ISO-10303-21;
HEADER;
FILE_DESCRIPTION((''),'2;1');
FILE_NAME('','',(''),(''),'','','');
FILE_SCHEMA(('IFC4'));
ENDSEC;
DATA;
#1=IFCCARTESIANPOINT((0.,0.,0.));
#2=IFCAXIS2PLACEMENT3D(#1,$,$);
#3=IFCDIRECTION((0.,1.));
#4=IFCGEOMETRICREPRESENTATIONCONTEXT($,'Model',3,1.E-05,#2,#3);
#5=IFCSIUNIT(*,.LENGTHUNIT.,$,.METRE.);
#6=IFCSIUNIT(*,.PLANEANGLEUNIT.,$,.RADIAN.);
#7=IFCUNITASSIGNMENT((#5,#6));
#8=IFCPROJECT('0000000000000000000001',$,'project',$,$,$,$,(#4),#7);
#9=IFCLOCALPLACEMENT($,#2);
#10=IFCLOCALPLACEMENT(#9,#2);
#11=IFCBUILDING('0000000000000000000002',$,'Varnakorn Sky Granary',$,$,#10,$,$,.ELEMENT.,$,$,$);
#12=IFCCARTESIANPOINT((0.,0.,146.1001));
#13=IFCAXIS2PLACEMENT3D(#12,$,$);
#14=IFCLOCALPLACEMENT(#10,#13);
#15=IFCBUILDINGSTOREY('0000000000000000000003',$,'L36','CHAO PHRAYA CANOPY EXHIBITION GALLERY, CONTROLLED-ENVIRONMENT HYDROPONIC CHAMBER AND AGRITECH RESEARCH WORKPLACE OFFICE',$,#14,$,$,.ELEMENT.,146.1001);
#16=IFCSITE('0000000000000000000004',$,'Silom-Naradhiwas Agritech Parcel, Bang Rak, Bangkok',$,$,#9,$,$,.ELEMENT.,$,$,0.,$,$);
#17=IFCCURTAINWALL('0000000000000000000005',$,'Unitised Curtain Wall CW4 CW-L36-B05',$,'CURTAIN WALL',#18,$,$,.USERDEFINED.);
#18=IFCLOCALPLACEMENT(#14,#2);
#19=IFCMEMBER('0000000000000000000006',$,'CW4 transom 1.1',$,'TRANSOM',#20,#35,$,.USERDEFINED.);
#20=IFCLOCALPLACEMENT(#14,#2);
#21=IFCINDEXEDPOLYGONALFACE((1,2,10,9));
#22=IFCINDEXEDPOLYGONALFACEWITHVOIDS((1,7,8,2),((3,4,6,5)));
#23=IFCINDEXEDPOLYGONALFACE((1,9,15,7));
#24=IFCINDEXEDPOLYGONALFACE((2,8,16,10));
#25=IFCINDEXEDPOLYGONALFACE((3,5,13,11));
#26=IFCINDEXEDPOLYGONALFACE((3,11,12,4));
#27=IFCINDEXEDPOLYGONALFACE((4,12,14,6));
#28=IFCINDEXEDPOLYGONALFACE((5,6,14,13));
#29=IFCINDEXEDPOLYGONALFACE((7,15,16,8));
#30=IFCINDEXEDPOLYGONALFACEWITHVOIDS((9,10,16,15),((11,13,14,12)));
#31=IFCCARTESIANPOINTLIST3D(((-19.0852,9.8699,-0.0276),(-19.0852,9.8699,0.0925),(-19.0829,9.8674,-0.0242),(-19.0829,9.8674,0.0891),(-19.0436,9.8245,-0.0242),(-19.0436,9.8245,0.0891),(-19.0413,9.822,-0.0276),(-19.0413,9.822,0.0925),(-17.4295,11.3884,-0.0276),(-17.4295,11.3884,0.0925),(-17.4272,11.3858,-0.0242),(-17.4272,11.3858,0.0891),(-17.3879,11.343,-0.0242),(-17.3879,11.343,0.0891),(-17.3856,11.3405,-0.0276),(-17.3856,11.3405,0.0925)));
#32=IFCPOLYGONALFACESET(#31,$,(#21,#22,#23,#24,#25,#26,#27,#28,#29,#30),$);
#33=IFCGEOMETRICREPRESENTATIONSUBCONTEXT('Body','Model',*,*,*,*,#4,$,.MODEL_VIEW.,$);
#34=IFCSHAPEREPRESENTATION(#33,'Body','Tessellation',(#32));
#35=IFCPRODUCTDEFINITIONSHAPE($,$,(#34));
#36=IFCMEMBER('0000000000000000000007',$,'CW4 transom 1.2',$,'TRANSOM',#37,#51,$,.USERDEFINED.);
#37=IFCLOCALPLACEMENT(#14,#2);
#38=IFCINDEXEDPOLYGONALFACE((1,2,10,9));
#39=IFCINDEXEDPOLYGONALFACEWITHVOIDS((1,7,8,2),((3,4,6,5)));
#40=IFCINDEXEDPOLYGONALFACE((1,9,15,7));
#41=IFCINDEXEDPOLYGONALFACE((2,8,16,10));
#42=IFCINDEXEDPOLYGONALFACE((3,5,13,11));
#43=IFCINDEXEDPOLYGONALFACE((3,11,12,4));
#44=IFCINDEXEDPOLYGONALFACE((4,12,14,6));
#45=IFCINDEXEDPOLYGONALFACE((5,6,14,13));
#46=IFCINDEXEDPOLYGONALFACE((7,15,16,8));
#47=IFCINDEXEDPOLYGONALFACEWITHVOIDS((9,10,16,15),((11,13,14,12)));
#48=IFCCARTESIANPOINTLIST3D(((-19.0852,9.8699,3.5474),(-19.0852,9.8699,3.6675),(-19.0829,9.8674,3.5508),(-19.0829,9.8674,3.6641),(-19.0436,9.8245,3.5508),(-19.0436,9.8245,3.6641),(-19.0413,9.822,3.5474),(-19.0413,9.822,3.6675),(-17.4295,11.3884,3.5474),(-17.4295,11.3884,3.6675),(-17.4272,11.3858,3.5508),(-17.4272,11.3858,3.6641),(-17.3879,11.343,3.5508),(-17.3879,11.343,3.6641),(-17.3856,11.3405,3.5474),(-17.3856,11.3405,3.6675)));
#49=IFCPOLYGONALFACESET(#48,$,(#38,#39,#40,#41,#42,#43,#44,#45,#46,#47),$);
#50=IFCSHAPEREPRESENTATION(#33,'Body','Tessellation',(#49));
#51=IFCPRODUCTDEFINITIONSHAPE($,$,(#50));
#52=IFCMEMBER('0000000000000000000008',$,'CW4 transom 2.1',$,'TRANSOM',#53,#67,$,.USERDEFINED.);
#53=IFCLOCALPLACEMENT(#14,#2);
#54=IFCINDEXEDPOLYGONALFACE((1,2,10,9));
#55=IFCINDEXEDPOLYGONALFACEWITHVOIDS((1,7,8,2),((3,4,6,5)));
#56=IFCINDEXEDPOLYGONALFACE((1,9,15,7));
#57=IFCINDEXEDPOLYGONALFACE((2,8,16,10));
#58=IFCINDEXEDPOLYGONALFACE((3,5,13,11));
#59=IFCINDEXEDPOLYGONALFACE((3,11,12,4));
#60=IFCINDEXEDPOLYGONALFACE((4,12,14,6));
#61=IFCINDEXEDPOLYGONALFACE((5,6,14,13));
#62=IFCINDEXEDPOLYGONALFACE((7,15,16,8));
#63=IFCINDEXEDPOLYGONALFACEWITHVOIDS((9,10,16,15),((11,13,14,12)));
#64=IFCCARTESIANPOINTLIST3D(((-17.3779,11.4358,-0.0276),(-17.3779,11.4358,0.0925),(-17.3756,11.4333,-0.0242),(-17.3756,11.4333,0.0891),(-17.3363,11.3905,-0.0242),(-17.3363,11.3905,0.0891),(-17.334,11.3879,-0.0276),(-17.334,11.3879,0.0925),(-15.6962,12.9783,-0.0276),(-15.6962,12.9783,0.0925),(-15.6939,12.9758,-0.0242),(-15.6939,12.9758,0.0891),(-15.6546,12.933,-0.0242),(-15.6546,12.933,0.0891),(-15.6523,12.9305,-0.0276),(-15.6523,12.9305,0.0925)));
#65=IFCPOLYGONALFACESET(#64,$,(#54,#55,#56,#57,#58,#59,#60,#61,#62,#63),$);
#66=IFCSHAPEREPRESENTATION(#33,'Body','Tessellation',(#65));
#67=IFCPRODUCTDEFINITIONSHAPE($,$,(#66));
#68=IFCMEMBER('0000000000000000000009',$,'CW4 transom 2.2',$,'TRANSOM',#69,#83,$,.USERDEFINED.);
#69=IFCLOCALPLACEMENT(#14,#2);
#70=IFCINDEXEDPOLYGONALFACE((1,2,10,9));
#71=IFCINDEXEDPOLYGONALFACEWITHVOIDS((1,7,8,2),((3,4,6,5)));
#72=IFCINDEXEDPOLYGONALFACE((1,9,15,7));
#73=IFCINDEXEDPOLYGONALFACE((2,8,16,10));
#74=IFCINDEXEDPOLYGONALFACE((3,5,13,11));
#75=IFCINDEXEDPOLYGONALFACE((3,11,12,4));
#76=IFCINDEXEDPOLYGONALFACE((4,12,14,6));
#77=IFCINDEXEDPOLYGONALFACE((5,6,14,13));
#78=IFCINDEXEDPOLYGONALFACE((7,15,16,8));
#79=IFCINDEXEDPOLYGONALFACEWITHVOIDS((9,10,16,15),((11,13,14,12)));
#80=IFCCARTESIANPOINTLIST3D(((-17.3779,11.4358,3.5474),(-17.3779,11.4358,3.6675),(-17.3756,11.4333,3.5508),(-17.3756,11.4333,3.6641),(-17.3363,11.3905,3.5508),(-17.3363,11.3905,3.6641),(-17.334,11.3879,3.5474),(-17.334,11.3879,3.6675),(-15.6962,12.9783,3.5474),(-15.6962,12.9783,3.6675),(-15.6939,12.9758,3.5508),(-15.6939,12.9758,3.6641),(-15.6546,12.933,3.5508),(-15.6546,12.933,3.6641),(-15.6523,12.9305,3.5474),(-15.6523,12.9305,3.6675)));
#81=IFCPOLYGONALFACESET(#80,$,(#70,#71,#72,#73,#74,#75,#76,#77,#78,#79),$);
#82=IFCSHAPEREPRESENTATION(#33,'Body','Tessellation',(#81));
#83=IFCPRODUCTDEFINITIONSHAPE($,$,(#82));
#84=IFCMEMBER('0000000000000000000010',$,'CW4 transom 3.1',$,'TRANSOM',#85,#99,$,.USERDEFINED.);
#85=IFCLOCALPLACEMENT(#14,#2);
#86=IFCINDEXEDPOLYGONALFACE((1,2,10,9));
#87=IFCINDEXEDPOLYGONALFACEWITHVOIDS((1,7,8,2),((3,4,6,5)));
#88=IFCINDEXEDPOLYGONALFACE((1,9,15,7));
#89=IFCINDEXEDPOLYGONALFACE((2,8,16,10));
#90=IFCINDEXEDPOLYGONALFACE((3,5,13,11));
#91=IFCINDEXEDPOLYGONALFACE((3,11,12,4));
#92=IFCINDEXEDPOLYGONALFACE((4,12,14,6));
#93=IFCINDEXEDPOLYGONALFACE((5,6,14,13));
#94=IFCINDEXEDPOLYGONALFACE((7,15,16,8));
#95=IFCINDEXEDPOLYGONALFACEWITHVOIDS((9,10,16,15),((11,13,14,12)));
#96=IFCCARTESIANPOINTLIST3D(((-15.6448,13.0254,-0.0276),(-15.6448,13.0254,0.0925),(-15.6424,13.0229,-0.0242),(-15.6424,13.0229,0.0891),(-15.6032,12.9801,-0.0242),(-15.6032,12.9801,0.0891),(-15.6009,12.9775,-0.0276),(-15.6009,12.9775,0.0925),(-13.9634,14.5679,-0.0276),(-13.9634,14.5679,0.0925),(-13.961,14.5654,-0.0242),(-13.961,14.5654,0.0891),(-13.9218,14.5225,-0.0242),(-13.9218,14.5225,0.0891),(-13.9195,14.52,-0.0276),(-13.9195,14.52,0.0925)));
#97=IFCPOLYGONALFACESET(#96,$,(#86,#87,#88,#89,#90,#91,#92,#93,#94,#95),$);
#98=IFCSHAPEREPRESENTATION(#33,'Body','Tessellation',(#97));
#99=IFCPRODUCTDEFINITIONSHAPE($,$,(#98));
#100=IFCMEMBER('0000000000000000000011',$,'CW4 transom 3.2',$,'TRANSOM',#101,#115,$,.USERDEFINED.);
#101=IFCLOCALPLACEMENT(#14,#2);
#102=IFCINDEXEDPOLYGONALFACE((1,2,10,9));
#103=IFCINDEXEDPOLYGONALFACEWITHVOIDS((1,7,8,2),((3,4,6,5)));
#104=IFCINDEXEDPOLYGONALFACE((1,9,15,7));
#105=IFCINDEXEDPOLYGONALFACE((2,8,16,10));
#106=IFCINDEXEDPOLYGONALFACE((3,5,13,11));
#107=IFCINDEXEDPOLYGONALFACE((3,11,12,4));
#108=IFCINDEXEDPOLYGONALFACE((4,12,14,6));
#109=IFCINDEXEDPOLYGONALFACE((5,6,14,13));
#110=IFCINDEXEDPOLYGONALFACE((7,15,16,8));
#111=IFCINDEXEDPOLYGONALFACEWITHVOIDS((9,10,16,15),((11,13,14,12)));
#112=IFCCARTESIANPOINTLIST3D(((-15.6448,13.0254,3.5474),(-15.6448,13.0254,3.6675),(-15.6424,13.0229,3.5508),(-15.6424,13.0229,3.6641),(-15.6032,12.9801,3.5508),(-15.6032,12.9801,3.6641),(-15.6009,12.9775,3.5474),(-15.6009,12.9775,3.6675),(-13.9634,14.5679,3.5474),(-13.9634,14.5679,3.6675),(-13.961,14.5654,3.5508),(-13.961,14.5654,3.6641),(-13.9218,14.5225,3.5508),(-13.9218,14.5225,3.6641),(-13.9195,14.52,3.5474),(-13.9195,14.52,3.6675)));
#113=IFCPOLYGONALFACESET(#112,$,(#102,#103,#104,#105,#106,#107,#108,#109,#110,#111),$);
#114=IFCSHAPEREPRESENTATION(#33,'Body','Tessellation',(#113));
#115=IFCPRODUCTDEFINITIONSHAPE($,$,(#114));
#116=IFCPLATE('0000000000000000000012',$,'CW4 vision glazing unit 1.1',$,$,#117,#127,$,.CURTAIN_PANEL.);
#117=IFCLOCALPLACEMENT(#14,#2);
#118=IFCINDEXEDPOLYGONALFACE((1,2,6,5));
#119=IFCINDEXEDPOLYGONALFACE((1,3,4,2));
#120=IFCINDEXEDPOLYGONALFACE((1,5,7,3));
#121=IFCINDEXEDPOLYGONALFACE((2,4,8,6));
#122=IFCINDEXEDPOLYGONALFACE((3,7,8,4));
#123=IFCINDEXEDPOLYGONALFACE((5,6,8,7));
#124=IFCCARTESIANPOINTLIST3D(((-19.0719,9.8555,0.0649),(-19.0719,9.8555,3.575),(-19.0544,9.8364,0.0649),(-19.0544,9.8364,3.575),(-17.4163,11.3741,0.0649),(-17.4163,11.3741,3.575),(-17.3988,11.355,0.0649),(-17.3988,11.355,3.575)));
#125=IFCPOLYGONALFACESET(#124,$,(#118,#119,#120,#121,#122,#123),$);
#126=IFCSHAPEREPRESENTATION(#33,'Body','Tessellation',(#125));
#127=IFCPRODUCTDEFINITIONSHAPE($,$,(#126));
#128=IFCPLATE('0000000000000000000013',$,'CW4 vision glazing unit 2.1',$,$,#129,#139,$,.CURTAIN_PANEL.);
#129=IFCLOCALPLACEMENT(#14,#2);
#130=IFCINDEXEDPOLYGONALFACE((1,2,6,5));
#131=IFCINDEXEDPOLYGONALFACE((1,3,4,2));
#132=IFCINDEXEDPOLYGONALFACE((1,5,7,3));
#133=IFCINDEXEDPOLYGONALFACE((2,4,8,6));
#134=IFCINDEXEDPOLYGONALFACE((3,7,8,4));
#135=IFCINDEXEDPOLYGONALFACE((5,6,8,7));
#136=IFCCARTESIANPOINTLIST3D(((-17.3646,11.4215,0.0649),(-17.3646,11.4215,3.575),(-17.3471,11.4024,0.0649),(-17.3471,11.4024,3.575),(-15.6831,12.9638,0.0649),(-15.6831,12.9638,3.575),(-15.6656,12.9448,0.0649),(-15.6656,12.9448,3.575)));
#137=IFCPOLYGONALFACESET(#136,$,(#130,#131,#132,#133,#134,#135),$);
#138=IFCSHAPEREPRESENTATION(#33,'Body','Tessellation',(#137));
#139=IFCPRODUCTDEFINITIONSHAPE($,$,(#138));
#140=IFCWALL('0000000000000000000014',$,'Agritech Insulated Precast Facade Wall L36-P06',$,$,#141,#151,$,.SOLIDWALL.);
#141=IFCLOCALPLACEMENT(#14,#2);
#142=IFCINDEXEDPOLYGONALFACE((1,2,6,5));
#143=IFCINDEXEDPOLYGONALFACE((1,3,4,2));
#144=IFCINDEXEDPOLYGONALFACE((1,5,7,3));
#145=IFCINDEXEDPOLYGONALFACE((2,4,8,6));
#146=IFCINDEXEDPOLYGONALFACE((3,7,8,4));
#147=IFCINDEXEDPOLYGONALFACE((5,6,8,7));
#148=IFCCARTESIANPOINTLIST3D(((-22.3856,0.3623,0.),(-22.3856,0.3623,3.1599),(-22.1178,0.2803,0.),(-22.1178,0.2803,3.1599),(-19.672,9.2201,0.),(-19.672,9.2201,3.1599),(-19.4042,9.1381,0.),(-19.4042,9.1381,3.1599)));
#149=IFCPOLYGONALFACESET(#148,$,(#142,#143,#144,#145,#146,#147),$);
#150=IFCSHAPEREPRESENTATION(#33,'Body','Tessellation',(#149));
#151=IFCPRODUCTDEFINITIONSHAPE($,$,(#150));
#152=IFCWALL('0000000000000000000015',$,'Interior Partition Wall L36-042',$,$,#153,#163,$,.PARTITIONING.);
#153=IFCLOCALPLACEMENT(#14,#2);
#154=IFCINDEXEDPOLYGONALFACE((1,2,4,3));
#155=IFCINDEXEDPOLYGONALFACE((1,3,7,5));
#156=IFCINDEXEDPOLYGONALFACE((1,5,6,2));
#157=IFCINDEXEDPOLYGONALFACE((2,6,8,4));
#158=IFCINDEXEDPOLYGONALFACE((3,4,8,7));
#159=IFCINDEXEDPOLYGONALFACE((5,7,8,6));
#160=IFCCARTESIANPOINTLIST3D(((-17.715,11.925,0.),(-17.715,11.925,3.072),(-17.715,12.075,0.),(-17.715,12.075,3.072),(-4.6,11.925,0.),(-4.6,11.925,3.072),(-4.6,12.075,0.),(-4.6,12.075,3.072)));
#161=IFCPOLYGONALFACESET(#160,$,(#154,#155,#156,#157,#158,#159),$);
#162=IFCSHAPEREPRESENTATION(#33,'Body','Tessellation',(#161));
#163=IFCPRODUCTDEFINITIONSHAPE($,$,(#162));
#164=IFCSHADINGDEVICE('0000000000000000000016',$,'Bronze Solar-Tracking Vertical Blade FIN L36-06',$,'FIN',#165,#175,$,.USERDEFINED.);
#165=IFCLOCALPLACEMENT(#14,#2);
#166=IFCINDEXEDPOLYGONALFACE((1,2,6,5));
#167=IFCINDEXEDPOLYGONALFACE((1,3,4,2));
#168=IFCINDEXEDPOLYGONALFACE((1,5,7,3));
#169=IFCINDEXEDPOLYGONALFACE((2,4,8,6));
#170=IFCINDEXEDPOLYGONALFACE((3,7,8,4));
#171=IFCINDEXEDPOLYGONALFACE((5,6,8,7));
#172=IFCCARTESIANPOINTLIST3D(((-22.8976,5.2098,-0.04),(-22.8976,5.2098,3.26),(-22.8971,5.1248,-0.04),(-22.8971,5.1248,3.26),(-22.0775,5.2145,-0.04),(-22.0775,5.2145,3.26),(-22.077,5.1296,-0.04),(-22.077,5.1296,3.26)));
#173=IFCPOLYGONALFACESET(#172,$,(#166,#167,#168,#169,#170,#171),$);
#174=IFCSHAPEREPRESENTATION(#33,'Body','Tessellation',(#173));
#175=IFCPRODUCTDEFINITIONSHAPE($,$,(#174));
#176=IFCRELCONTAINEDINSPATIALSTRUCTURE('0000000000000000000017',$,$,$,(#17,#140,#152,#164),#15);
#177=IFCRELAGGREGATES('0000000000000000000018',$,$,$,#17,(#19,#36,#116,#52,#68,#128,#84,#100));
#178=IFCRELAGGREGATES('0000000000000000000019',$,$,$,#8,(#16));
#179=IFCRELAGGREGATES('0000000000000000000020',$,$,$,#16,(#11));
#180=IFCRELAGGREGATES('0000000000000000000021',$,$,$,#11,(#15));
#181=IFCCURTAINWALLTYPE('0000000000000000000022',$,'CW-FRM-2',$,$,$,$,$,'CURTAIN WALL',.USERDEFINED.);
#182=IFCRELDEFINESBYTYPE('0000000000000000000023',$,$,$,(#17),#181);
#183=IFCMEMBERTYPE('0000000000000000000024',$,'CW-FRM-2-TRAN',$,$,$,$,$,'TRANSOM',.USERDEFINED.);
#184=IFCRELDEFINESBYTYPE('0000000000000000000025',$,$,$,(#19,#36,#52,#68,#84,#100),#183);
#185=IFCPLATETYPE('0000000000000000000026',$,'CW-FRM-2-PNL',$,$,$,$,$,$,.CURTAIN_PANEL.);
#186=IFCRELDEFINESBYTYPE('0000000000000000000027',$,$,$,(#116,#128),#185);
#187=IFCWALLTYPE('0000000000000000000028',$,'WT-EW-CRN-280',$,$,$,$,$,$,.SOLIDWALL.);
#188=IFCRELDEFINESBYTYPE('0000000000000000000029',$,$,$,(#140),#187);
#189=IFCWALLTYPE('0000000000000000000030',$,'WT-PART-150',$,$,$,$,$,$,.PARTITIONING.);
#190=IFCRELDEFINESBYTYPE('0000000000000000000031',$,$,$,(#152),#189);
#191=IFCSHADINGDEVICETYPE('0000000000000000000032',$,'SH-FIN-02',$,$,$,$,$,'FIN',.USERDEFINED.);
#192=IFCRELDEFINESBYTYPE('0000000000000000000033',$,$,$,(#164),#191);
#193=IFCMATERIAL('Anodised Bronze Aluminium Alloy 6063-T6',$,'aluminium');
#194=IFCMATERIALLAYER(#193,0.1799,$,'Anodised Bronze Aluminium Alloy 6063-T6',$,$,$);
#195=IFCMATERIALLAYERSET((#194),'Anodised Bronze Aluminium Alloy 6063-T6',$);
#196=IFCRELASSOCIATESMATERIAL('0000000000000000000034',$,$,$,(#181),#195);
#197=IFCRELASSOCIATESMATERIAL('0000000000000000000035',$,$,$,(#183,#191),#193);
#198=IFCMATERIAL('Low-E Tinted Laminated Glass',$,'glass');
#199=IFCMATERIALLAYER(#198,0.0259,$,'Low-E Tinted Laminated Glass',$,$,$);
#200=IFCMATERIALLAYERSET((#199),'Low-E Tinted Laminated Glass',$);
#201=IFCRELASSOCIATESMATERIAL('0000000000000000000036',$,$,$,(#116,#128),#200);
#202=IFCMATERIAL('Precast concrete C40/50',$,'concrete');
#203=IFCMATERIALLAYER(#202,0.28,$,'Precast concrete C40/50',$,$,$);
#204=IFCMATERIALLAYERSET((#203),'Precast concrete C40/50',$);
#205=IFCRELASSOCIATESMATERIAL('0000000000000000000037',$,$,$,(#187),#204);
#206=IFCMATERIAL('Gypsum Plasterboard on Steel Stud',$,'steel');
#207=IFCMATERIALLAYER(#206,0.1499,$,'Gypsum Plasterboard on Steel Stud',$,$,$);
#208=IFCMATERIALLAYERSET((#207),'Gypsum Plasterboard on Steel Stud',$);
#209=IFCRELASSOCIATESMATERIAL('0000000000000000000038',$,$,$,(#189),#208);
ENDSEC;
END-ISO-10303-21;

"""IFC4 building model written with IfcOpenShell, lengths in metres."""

from ifc_helpers import new_model, si_unit, direction, frame, frame_2d, origin, origin_2d, place, context, subcontext, project, spatial, rectangle, hollow_rectangle, extrude, source, transform, mapped, material, layer, layer_set, material_profile, profile_set, type_object, type_shapes, element, aggregate, save


model = new_model("IFC4")

# Units and contexts
model_context = context("Model", 3, precision=1e-05, world=origin(), true_north=direction((0.0, 1.0)))
body_context = subcontext(model_context, "Body", "Model", "MODEL_VIEW")
ifc_project = project(units=[si_unit("LENGTHUNIT", "METRE"), si_unit("PLANEANGLEUNIT", "RADIAN")], contexts=[model_context])

# Site, building, storey
site_placement = place(None, origin())
site = spatial("IfcSite", under=ifc_project, at=site_placement, Name="Silom-Naradhiwas Agritech Parcel, Bang Rak, Bangkok", CompositionType="ELEMENT", RefElevation=0.0)
building_placement = place(site_placement, origin())
building = spatial("IfcBuilding", under=site, at=building_placement, Name="Varnakorn Sky Granary", CompositionType="ELEMENT")
storey_placement = place(building_placement, frame((0.0, 0.0, 146.1001)))
storey = spatial("IfcBuildingStorey", under=building, at=storey_placement, Name="L36", Description="CHAO PHRAYA CANOPY EXHIBITION GALLERY, CONTROLLED-ENVIRONMENT HYDROPONIC CHAMBER AND AGRITECH RESEARCH WORKPLACE OFFICE", CompositionType="ELEMENT", Elevation=146.1001)

# Curtain wall, members, plates
ifc_material_1 = material(Name="Anodised Bronze Aluminium Alloy 6063-T6", Category="aluminium")
ifc_layer_1 = layer(ifc_material_1, 0.1799, Name="Anodised Bronze Aluminium Alloy 6063-T6")
ifc_layer_set_1 = layer_set([ifc_layer_1], Name="Anodised Bronze Aluminium Alloy 6063-T6")
curtain_wall_type = type_object("IfcCurtainWallType", Name="CW-FRM-2", ElementType="CURTAIN WALL", PredefinedType="USERDEFINED", material=ifc_layer_set_1)
curtain_wall_placement = place(storey_placement, origin())
curtain_wall = element("IfcCurtainWall", 1, at=curtain_wall_placement, inside=storey, type_object=curtain_wall_type, Name="Unitised Curtain Wall CW4 CW-L36-B05", ObjectType="CURTAIN WALL", PredefinedType="USERDEFINED")
ifc_material_profile_1 = material_profile(ifc_material_1, hollow_rectangle(XDim=0.0649, YDim=0.1201, WallThickness=0.0034, at=origin_2d()), Name="ALU TRAN 65x120")
ifc_profile_set_1 = profile_set([ifc_material_profile_1], Name="Anodised Bronze Aluminium Alloy 6063-T6")
member_type_1 = type_object("IfcMemberType", Name="CW-FRM-2-TRAN", ElementType="TRANSOM", PredefinedType="USERDEFINED", material=ifc_profile_set_1)
member_1_placement = place(storey_placement, frame((-19.0632, 9.8459, 0.0325), z_axis=(0.736983, 0.675912, 0.0), x_axis=(-0.675912, 0.736983, 0.0)))
member_1 = element("IfcMember", 2, at=member_1_placement, type_object=member_type_1, Name="CW4 transom 1.1", ObjectType="TRANSOM", PredefinedType="USERDEFINED", context=body_context, shape_type="SweptSolid", body=[
    extrude(hollow_rectangle(XDim=0.0649, YDim=0.1201, WallThickness=0.0034, at=origin_2d()), origin(), (0.0, 0.0, 1.0), 2.2466),
])
member_2_placement = place(storey_placement, frame((-19.0632, 9.8459, 3.6074), z_axis=(0.736983, 0.675912, 0.0), x_axis=(-0.675912, 0.736983, 0.0)))
member_2 = element("IfcMember", 3, at=member_2_placement, type_object=member_type_1, Name="CW4 transom 1.2", ObjectType="TRANSOM", PredefinedType="USERDEFINED", context=body_context, shape_type="SweptSolid", body=[
    extrude(hollow_rectangle(XDim=0.0649, YDim=0.1201, WallThickness=0.0034, at=origin_2d()), origin(), (0.0, 0.0, 1.0), 2.2466),
])
member_3_placement = place(storey_placement, frame((-17.356, 11.4119, 0.0325), z_axis=(0.736941, 0.675957, 0.0), x_axis=(-0.675957, 0.736941, 0.0)))
member_3 = element("IfcMember", 4, at=member_3_placement, type_object=member_type_1, Name="CW4 transom 2.1", ObjectType="TRANSOM", PredefinedType="USERDEFINED", context=body_context, shape_type="SweptSolid", body=[
    extrude(hollow_rectangle(XDim=0.0649, YDim=0.1201, WallThickness=0.0034, at=origin_2d()), origin(), (0.0, 0.0, 1.0), 2.282),
])
member_4_placement = place(storey_placement, frame((-17.356, 11.4119, 3.6074), z_axis=(0.736941, 0.675957, 0.0), x_axis=(-0.675957, 0.736941, 0.0)))
member_4 = element("IfcMember", 5, at=member_4_placement, type_object=member_type_1, Name="CW4 transom 2.2", ObjectType="TRANSOM", PredefinedType="USERDEFINED", context=body_context, shape_type="SweptSolid", body=[
    extrude(hollow_rectangle(XDim=0.0649, YDim=0.1201, WallThickness=0.0034, at=origin_2d()), origin(), (0.0, 0.0, 1.0), 2.282),
])
member_5_placement = place(storey_placement, frame((-15.6228, 13.0015, 0.0325), z_axis=(0.736892, 0.67601, 0.0), x_axis=(-0.67601, 0.736892, 0.0)))
member_5 = element("IfcMember", 6, at=member_5_placement, type_object=member_type_1, Name="CW4 transom 3.1", ObjectType="TRANSOM", PredefinedType="USERDEFINED", context=body_context, shape_type="SweptSolid", body=[
    extrude(hollow_rectangle(XDim=0.0649, YDim=0.1201, WallThickness=0.0034, at=origin_2d()), origin(), (0.0, 0.0, 1.0), 2.2817),
])
member_6_placement = place(storey_placement, frame((-15.6228, 13.0015, 3.6074), z_axis=(0.736892, 0.67601, 0.0), x_axis=(-0.67601, 0.736892, 0.0)))
member_6 = element("IfcMember", 7, at=member_6_placement, type_object=member_type_1, Name="CW4 transom 3.2", ObjectType="TRANSOM", PredefinedType="USERDEFINED", context=body_context, shape_type="SweptSolid", body=[
    extrude(hollow_rectangle(XDim=0.0649, YDim=0.1201, WallThickness=0.0034, at=origin_2d()), origin(), (0.0, 0.0, 1.0), 2.2817),
])
ifc_material_2 = material(Name="Low-E Tinted Laminated Glass", Category="glass")
ifc_layer_2 = layer(ifc_material_2, 0.0259, Name="Low-E Tinted Laminated Glass")
ifc_layer_set_2 = layer_set([ifc_layer_2], Name="Low-E Tinted Laminated Glass")
plate_type = type_object("IfcPlateType", Name="CW-FRM-2-PNL", PredefinedType="CURTAIN_PANEL")
shared_shape_1 = source(origin(), body_context, "Body", "SweptSolid", [
    extrude(rectangle(XDim=2.2466, YDim=0.0259, at=origin_2d()), origin(), (0.0, 0.0, 1.0), 3.51),
])
plate_1_placement = place(storey_placement, frame((-18.2354, 10.6052, 0.0649), z_axis=(0.0, 0.0, 1.0), x_axis=(0.736938, 0.67596, 0.0)))
plate_1 = element("IfcPlate", 8, at=plate_1_placement, type_object=plate_type, material=ifc_layer_set_2, Name="CW4 vision glazing unit 1.1", PredefinedType="CURTAIN_PANEL", context=body_context, shape_type="MappedRepresentation", body=[
    mapped(shared_shape_1, transform((0.0, 0.0, 0.0), x_axis=(1.0, 0.0, 0.0), y_axis=(0.0, 1.0, 0.0), z_axis=(0.0, 0.0, 1.0), scale=1.0)),
])
shared_shape_2 = source(origin(), body_context, "Body", "SweptSolid", [
    extrude(rectangle(XDim=2.2817, YDim=0.0259, at=origin_2d()), origin(), (0.0, 0.0, 1.0), 3.51),
])
type_shapes(plate_type, [shared_shape_1, shared_shape_2])
plate_2_placement = place(storey_placement, frame((-16.5151, 12.1831, 0.0649), z_axis=(0.0, 0.0, 1.0), x_axis=(0.736938, 0.67596, 0.0)))
plate_2 = element("IfcPlate", 9, at=plate_2_placement, type_object=plate_type, material=ifc_layer_set_2, Name="CW4 vision glazing unit 2.1", PredefinedType="CURTAIN_PANEL", context=body_context, shape_type="MappedRepresentation", body=[
    mapped(shared_shape_2, transform((0.0, 0.0, 0.0), x_axis=(1.0, 0.0, 0.0), y_axis=(0.0, 1.0, 0.0), z_axis=(0.0, 0.0, 1.0), scale=1.0)),
])
aggregate(curtain_wall, [member_1, member_2, plate_1, member_3, member_4, plate_2, member_5, member_6])

# Walls
ifc_material_3 = material(Name="Precast concrete C40/50", Category="concrete")
ifc_layer_3 = layer(ifc_material_3, 0.28, Name="Precast concrete C40/50")
ifc_layer_set_3 = layer_set([ifc_layer_3], Name="Precast concrete C40/50")
wall_type_1 = type_object("IfcWallType", Name="WT-EW-CRN-280", PredefinedType="SOLIDWALL", material=ifc_layer_set_3)
wall_1_placement = place(storey_placement, frame((-22.2517, 0.3213, 0.0), z_axis=(0.0, 0.0, 1.0), x_axis=(0.292913, 0.956139, 0.0)))
element("IfcWall", 10, at=wall_1_placement, inside=storey, type_object=wall_type_1, Name="Agritech Insulated Precast Facade Wall L36-P06", PredefinedType="SOLIDWALL", context=body_context, shape_type="SweptSolid", body=[
    extrude(rectangle(XDim=9.2642, YDim=0.28, at=frame_2d((4.6321, 0.0))), origin(), (0.0, 0.0, 1.0), 3.1599),
])
ifc_material_4 = material(Name="Gypsum Plasterboard on Steel Stud", Category="steel")
ifc_layer_4 = layer(ifc_material_4, 0.1499, Name="Gypsum Plasterboard on Steel Stud")
ifc_layer_set_4 = layer_set([ifc_layer_4], Name="Gypsum Plasterboard on Steel Stud")
wall_type_2 = type_object("IfcWallType", Name="WT-PART-150", PredefinedType="PARTITIONING", material=ifc_layer_set_4)
wall_2_placement = place(storey_placement, frame((-17.7151, 12.0, 0.0), z_axis=(0.0, 0.0, 1.0), x_axis=(1.0, 0.0, 0.0)))
element("IfcWall", 11, at=wall_2_placement, inside=storey, type_object=wall_type_2, Name="Interior Partition Wall L36-042", PredefinedType="PARTITIONING", context=body_context, shape_type="SweptSolid", body=[
    extrude(rectangle(XDim=13.115, YDim=0.1499, at=frame_2d((6.5576, 0.0))), origin(), (0.0, 0.0, 1.0), 3.072),
])

# Shading device
shading_device_type = type_object("IfcShadingDeviceType", Name="SH-FIN-02", ElementType="FIN", PredefinedType="USERDEFINED", material=ifc_material_1)
shared_shape_3 = source(origin(), body_context, "Body", "SweptSolid", [
    extrude(rectangle(XDim=0.085, YDim=0.8201, at=origin_2d()), origin(), (0.0, 0.0, 1.0), 3.3),
])
type_shapes(shading_device_type, [shared_shape_3])
shading_device_placement = place(storey_placement, frame((-22.4873, 5.1697, -0.04), z_axis=(0.0, 0.0, 1.0), x_axis=(0.005791, -0.999983, 0.0)))
element("IfcShadingDevice", 12, at=shading_device_placement, inside=storey, type_object=shading_device_type, Name="Bronze Solar-Tracking Vertical Blade FIN L36-06", ObjectType="FIN", PredefinedType="USERDEFINED", context=body_context, shape_type="MappedRepresentation", body=[
    mapped(shared_shape_3, transform((0.0, 0.0, 0.0), x_axis=(1.0, 0.0, 0.0), y_axis=(0.0, 1.0, 0.0), z_axis=(0.0, 0.0, 1.0), scale=1.0)),
])

save(model, "model.ifc")
